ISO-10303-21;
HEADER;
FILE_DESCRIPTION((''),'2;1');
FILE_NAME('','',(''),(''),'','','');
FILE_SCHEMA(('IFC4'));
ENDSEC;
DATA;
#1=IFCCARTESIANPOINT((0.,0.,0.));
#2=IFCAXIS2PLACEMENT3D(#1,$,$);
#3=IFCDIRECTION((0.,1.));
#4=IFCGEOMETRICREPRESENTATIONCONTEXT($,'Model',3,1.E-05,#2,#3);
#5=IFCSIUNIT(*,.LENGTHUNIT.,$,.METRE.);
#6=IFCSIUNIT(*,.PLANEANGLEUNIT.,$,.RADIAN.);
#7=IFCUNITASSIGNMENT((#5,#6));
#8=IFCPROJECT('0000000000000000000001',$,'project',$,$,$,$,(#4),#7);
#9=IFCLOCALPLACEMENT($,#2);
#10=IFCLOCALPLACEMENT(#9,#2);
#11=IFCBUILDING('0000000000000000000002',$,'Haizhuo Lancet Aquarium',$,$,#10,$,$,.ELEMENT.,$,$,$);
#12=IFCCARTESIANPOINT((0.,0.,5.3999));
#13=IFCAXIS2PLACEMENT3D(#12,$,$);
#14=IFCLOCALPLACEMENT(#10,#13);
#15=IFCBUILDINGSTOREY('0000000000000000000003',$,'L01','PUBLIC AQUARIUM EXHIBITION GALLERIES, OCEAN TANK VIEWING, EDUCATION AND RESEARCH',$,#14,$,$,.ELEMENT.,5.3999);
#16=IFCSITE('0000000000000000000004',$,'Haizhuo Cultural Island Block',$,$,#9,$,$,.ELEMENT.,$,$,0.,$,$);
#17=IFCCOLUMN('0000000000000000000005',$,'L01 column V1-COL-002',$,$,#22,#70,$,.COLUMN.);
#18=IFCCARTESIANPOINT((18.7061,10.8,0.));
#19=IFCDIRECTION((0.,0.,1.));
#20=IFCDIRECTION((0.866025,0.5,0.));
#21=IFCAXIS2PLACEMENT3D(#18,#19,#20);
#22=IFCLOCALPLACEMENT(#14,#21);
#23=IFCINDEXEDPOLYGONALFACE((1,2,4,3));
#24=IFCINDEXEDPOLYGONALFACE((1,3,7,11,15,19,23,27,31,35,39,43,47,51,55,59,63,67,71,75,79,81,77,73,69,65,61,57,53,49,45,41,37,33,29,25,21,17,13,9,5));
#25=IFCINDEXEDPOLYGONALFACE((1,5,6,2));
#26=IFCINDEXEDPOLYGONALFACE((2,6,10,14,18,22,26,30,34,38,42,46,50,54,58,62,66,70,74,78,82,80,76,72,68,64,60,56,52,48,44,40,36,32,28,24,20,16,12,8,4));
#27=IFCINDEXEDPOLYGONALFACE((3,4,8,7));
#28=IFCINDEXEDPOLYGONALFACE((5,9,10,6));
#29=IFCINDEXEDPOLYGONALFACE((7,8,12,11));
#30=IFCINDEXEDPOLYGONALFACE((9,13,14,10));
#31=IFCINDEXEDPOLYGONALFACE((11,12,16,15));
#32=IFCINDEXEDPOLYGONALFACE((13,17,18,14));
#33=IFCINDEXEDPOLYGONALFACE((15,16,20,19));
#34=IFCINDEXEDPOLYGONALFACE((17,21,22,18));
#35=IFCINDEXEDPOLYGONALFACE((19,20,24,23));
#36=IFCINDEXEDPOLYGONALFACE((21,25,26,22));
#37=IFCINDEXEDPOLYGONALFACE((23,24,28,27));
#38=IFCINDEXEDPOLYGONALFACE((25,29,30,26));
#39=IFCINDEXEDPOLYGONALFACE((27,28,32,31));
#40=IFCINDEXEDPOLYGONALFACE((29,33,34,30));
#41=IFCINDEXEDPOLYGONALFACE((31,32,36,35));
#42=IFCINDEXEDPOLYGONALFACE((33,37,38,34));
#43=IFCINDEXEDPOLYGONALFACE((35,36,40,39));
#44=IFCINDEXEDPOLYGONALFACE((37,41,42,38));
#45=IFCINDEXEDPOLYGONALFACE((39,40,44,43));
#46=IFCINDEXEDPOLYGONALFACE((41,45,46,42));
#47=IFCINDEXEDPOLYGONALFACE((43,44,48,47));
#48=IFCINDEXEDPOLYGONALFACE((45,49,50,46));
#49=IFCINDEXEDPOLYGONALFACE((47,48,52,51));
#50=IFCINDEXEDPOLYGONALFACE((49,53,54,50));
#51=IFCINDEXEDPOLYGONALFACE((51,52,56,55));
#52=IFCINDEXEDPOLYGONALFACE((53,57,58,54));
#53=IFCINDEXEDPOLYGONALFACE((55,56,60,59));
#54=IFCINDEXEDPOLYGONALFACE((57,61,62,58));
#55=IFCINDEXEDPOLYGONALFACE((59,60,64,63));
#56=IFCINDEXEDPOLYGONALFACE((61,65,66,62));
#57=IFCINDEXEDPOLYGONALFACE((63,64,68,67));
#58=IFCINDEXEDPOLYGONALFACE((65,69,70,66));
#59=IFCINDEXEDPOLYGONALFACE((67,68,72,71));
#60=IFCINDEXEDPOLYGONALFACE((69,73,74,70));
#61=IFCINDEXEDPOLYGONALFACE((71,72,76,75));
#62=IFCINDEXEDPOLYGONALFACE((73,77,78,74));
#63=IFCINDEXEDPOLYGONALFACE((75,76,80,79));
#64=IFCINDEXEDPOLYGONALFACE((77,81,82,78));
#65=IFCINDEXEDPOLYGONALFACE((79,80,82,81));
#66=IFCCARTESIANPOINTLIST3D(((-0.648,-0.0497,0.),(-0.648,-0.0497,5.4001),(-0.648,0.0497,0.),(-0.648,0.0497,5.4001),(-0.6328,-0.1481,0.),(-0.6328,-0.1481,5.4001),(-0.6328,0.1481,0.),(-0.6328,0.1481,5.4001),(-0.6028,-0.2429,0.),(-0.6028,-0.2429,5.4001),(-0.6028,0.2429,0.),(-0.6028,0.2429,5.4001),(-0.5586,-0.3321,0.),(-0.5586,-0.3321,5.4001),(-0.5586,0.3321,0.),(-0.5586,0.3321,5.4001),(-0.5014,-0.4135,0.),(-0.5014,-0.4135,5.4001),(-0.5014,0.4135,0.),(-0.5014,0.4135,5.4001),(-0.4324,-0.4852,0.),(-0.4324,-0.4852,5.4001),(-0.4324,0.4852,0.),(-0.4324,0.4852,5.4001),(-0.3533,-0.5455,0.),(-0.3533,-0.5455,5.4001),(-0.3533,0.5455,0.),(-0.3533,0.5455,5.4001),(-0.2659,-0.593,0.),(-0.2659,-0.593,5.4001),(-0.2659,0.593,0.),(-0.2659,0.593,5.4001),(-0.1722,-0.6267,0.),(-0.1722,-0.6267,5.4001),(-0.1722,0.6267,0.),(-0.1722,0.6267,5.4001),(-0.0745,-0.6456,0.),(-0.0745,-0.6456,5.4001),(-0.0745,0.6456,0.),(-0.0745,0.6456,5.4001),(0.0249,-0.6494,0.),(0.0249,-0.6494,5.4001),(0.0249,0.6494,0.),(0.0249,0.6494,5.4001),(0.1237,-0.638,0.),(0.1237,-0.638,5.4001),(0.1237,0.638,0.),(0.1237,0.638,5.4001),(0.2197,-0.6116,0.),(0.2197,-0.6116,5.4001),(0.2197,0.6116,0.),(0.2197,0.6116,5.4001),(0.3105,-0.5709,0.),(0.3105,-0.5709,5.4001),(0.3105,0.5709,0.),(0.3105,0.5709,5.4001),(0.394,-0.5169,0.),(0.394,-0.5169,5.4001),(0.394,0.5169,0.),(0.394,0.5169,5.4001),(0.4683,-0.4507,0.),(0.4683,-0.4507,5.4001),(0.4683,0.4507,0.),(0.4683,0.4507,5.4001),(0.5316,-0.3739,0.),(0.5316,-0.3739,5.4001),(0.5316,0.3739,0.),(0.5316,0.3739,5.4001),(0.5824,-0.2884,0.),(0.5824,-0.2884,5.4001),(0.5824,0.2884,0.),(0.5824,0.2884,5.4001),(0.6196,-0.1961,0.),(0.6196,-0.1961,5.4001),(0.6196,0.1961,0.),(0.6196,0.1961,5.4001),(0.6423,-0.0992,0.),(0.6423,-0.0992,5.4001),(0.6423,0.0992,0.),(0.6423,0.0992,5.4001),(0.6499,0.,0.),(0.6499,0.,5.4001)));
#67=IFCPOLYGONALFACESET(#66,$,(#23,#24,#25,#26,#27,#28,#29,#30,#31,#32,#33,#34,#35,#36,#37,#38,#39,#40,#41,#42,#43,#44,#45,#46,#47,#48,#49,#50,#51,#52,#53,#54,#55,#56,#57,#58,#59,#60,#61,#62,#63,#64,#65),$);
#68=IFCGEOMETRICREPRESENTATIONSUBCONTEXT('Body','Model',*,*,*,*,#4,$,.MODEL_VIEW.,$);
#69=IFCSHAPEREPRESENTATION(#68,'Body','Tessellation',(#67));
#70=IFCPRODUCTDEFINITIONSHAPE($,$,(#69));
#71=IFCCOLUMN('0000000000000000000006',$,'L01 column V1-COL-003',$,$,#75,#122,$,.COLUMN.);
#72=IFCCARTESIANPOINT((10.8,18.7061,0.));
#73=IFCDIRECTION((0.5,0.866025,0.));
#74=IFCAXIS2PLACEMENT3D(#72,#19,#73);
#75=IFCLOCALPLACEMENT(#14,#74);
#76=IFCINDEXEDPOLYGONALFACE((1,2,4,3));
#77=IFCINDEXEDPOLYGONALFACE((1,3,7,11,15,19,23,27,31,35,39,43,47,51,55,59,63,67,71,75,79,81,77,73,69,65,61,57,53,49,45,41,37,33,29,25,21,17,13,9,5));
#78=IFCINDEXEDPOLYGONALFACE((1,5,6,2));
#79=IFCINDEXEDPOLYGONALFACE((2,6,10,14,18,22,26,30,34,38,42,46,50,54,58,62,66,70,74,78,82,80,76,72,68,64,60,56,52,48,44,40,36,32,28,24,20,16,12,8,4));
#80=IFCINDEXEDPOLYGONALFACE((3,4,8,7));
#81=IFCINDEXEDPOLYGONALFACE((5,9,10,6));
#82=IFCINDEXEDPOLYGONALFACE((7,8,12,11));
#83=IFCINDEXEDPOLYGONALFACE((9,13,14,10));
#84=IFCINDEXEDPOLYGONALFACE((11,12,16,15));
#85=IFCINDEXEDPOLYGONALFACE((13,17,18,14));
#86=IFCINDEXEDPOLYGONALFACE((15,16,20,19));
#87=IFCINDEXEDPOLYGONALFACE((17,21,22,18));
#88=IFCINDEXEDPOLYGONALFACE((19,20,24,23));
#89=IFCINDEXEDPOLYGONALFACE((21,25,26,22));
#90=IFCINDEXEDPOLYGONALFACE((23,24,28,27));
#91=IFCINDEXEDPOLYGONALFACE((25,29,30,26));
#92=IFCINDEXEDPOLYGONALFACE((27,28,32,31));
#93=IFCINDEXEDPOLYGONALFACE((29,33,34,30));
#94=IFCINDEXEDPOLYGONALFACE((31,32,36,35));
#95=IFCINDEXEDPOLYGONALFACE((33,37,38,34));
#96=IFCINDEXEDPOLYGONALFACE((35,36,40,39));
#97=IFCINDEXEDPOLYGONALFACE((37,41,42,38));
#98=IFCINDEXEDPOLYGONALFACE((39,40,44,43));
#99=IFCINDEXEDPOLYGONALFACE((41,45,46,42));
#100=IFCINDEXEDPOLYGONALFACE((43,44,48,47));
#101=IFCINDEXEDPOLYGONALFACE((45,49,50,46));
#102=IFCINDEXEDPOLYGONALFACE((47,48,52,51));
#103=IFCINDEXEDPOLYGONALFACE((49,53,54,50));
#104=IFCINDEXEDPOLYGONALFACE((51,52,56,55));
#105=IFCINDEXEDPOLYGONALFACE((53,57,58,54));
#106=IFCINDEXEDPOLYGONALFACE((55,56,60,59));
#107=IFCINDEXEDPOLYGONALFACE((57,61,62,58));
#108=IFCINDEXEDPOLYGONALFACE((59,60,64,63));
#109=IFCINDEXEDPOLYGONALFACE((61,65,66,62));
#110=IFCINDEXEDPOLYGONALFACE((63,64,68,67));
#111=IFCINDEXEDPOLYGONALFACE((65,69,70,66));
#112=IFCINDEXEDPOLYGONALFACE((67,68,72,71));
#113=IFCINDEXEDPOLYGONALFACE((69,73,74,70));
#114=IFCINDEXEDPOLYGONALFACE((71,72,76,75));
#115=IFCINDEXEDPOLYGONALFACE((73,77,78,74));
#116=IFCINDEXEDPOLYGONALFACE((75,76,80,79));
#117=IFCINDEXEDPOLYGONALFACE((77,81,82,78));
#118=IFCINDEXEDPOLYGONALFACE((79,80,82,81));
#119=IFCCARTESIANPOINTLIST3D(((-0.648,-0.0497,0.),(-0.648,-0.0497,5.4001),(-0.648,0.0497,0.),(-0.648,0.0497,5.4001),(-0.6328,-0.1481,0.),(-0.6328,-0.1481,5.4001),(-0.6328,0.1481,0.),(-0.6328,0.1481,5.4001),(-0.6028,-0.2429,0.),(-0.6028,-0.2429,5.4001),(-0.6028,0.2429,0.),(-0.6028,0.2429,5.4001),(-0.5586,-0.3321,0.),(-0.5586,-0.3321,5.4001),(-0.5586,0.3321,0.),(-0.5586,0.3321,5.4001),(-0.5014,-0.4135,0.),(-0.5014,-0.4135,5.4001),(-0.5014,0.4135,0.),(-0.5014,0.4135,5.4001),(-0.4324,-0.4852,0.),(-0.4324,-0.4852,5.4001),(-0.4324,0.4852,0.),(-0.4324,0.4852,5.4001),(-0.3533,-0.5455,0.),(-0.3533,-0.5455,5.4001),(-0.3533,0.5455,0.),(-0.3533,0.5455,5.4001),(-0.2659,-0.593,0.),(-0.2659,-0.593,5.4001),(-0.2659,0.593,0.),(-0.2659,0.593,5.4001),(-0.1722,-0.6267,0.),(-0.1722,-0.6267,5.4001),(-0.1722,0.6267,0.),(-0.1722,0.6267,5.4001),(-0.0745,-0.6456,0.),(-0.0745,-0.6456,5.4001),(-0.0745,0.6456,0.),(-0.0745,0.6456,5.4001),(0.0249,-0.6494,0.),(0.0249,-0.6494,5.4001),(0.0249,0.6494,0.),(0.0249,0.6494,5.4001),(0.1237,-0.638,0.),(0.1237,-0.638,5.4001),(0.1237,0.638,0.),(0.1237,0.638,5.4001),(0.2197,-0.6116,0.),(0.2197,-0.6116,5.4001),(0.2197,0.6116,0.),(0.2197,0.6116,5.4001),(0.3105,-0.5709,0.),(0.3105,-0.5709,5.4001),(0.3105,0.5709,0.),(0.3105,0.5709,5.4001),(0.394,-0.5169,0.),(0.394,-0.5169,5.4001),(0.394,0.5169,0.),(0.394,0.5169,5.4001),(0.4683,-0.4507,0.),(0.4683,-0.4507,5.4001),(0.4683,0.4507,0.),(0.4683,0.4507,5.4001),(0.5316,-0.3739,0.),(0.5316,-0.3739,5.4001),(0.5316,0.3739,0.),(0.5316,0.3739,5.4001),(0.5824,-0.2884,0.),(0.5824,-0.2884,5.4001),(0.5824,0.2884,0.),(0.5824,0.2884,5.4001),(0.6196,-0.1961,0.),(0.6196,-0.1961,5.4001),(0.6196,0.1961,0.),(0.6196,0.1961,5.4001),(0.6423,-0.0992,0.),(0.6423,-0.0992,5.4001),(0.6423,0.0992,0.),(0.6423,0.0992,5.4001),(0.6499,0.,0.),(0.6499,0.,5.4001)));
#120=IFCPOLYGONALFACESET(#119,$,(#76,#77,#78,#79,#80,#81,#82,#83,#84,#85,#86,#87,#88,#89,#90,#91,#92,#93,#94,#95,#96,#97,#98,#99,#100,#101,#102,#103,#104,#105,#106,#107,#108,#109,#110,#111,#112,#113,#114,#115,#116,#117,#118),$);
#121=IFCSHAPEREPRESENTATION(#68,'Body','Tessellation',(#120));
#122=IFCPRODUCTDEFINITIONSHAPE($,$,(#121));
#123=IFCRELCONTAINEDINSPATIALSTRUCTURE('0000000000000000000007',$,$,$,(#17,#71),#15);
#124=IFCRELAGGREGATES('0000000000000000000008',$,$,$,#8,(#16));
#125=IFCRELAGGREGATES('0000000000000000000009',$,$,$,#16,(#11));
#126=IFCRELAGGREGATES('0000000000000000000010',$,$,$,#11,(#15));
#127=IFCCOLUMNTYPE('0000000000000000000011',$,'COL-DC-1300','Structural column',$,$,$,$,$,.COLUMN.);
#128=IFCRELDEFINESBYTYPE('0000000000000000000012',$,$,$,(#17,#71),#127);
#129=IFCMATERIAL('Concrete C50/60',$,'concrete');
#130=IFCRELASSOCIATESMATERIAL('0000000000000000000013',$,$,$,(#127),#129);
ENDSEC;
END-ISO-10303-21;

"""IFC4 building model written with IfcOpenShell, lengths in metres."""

from ifc_helpers import new_model, si_unit, direction, frame, origin, origin_2d, place, context, subcontext, project, spatial, circle, extrude, material, material_profile, profile_set, type_object, element, save


model = new_model("IFC4")

# Units and contexts
model_context = context("Model", 3, precision=1e-05, world=origin(), true_north=direction((0.0, 1.0)))
body_context = subcontext(model_context, "Body", "Model", "MODEL_VIEW")
ifc_project = project(units=[si_unit("LENGTHUNIT", "METRE"), si_unit("PLANEANGLEUNIT", "RADIAN")], contexts=[model_context])

# Site, building, storey
site_placement = place(None, origin())
site = spatial("IfcSite", under=ifc_project, at=site_placement, Name="Haizhuo Cultural Island Block", CompositionType="ELEMENT", RefElevation=0.0)
building_placement = place(site_placement, origin())
building = spatial("IfcBuilding", under=site, at=building_placement, Name="Haizhuo Lancet Aquarium", CompositionType="ELEMENT")
storey_placement = place(building_placement, frame((0.0, 0.0, 5.3999)))
storey = spatial("IfcBuildingStorey", under=building, at=storey_placement, Name="L01", Description="PUBLIC AQUARIUM EXHIBITION GALLERIES, OCEAN TANK VIEWING, EDUCATION AND RESEARCH", CompositionType="ELEMENT", Elevation=5.3999)

# Columns
ifc_material_1 = material(Name="Concrete C50/60", Category="concrete")
ifc_material_profile_1 = material_profile(ifc_material_1, circle(Radius=0.6499, at=origin_2d()), Name="RC-DC 1300")
ifc_profile_set_1 = profile_set([ifc_material_profile_1], Name="Concrete C50/60")
column_type = type_object("IfcColumnType", Name="COL-DC-1300", Description="Structural column", PredefinedType="COLUMN", material=ifc_profile_set_1)
for number, where, z_axis, x_axis, name in (
    (1, (18.7061, 10.8, 0.0), (0.0, 0.0, 1.0), (0.866025, 0.5, 0.0), "L01 column V1-COL-002"),
    (2, (10.8, 18.7061, 0.0), (0.0, 0.0, 1.0), (0.5, 0.866025, 0.0), "L01 column V1-COL-003"),
):
    element("IfcColumn", number, at=place(storey_placement, frame(where, z_axis=z_axis, x_axis=x_axis)), inside=storey, type_object=column_type, Name=name, PredefinedType="COLUMN", context=body_context, shape_type="SweptSolid", body=[
        extrude(circle(Radius=0.6499, at=origin_2d()), origin(), (0.0, 0.0, 1.0), 5.4001),
    ])

save(model, "model.ifc")
